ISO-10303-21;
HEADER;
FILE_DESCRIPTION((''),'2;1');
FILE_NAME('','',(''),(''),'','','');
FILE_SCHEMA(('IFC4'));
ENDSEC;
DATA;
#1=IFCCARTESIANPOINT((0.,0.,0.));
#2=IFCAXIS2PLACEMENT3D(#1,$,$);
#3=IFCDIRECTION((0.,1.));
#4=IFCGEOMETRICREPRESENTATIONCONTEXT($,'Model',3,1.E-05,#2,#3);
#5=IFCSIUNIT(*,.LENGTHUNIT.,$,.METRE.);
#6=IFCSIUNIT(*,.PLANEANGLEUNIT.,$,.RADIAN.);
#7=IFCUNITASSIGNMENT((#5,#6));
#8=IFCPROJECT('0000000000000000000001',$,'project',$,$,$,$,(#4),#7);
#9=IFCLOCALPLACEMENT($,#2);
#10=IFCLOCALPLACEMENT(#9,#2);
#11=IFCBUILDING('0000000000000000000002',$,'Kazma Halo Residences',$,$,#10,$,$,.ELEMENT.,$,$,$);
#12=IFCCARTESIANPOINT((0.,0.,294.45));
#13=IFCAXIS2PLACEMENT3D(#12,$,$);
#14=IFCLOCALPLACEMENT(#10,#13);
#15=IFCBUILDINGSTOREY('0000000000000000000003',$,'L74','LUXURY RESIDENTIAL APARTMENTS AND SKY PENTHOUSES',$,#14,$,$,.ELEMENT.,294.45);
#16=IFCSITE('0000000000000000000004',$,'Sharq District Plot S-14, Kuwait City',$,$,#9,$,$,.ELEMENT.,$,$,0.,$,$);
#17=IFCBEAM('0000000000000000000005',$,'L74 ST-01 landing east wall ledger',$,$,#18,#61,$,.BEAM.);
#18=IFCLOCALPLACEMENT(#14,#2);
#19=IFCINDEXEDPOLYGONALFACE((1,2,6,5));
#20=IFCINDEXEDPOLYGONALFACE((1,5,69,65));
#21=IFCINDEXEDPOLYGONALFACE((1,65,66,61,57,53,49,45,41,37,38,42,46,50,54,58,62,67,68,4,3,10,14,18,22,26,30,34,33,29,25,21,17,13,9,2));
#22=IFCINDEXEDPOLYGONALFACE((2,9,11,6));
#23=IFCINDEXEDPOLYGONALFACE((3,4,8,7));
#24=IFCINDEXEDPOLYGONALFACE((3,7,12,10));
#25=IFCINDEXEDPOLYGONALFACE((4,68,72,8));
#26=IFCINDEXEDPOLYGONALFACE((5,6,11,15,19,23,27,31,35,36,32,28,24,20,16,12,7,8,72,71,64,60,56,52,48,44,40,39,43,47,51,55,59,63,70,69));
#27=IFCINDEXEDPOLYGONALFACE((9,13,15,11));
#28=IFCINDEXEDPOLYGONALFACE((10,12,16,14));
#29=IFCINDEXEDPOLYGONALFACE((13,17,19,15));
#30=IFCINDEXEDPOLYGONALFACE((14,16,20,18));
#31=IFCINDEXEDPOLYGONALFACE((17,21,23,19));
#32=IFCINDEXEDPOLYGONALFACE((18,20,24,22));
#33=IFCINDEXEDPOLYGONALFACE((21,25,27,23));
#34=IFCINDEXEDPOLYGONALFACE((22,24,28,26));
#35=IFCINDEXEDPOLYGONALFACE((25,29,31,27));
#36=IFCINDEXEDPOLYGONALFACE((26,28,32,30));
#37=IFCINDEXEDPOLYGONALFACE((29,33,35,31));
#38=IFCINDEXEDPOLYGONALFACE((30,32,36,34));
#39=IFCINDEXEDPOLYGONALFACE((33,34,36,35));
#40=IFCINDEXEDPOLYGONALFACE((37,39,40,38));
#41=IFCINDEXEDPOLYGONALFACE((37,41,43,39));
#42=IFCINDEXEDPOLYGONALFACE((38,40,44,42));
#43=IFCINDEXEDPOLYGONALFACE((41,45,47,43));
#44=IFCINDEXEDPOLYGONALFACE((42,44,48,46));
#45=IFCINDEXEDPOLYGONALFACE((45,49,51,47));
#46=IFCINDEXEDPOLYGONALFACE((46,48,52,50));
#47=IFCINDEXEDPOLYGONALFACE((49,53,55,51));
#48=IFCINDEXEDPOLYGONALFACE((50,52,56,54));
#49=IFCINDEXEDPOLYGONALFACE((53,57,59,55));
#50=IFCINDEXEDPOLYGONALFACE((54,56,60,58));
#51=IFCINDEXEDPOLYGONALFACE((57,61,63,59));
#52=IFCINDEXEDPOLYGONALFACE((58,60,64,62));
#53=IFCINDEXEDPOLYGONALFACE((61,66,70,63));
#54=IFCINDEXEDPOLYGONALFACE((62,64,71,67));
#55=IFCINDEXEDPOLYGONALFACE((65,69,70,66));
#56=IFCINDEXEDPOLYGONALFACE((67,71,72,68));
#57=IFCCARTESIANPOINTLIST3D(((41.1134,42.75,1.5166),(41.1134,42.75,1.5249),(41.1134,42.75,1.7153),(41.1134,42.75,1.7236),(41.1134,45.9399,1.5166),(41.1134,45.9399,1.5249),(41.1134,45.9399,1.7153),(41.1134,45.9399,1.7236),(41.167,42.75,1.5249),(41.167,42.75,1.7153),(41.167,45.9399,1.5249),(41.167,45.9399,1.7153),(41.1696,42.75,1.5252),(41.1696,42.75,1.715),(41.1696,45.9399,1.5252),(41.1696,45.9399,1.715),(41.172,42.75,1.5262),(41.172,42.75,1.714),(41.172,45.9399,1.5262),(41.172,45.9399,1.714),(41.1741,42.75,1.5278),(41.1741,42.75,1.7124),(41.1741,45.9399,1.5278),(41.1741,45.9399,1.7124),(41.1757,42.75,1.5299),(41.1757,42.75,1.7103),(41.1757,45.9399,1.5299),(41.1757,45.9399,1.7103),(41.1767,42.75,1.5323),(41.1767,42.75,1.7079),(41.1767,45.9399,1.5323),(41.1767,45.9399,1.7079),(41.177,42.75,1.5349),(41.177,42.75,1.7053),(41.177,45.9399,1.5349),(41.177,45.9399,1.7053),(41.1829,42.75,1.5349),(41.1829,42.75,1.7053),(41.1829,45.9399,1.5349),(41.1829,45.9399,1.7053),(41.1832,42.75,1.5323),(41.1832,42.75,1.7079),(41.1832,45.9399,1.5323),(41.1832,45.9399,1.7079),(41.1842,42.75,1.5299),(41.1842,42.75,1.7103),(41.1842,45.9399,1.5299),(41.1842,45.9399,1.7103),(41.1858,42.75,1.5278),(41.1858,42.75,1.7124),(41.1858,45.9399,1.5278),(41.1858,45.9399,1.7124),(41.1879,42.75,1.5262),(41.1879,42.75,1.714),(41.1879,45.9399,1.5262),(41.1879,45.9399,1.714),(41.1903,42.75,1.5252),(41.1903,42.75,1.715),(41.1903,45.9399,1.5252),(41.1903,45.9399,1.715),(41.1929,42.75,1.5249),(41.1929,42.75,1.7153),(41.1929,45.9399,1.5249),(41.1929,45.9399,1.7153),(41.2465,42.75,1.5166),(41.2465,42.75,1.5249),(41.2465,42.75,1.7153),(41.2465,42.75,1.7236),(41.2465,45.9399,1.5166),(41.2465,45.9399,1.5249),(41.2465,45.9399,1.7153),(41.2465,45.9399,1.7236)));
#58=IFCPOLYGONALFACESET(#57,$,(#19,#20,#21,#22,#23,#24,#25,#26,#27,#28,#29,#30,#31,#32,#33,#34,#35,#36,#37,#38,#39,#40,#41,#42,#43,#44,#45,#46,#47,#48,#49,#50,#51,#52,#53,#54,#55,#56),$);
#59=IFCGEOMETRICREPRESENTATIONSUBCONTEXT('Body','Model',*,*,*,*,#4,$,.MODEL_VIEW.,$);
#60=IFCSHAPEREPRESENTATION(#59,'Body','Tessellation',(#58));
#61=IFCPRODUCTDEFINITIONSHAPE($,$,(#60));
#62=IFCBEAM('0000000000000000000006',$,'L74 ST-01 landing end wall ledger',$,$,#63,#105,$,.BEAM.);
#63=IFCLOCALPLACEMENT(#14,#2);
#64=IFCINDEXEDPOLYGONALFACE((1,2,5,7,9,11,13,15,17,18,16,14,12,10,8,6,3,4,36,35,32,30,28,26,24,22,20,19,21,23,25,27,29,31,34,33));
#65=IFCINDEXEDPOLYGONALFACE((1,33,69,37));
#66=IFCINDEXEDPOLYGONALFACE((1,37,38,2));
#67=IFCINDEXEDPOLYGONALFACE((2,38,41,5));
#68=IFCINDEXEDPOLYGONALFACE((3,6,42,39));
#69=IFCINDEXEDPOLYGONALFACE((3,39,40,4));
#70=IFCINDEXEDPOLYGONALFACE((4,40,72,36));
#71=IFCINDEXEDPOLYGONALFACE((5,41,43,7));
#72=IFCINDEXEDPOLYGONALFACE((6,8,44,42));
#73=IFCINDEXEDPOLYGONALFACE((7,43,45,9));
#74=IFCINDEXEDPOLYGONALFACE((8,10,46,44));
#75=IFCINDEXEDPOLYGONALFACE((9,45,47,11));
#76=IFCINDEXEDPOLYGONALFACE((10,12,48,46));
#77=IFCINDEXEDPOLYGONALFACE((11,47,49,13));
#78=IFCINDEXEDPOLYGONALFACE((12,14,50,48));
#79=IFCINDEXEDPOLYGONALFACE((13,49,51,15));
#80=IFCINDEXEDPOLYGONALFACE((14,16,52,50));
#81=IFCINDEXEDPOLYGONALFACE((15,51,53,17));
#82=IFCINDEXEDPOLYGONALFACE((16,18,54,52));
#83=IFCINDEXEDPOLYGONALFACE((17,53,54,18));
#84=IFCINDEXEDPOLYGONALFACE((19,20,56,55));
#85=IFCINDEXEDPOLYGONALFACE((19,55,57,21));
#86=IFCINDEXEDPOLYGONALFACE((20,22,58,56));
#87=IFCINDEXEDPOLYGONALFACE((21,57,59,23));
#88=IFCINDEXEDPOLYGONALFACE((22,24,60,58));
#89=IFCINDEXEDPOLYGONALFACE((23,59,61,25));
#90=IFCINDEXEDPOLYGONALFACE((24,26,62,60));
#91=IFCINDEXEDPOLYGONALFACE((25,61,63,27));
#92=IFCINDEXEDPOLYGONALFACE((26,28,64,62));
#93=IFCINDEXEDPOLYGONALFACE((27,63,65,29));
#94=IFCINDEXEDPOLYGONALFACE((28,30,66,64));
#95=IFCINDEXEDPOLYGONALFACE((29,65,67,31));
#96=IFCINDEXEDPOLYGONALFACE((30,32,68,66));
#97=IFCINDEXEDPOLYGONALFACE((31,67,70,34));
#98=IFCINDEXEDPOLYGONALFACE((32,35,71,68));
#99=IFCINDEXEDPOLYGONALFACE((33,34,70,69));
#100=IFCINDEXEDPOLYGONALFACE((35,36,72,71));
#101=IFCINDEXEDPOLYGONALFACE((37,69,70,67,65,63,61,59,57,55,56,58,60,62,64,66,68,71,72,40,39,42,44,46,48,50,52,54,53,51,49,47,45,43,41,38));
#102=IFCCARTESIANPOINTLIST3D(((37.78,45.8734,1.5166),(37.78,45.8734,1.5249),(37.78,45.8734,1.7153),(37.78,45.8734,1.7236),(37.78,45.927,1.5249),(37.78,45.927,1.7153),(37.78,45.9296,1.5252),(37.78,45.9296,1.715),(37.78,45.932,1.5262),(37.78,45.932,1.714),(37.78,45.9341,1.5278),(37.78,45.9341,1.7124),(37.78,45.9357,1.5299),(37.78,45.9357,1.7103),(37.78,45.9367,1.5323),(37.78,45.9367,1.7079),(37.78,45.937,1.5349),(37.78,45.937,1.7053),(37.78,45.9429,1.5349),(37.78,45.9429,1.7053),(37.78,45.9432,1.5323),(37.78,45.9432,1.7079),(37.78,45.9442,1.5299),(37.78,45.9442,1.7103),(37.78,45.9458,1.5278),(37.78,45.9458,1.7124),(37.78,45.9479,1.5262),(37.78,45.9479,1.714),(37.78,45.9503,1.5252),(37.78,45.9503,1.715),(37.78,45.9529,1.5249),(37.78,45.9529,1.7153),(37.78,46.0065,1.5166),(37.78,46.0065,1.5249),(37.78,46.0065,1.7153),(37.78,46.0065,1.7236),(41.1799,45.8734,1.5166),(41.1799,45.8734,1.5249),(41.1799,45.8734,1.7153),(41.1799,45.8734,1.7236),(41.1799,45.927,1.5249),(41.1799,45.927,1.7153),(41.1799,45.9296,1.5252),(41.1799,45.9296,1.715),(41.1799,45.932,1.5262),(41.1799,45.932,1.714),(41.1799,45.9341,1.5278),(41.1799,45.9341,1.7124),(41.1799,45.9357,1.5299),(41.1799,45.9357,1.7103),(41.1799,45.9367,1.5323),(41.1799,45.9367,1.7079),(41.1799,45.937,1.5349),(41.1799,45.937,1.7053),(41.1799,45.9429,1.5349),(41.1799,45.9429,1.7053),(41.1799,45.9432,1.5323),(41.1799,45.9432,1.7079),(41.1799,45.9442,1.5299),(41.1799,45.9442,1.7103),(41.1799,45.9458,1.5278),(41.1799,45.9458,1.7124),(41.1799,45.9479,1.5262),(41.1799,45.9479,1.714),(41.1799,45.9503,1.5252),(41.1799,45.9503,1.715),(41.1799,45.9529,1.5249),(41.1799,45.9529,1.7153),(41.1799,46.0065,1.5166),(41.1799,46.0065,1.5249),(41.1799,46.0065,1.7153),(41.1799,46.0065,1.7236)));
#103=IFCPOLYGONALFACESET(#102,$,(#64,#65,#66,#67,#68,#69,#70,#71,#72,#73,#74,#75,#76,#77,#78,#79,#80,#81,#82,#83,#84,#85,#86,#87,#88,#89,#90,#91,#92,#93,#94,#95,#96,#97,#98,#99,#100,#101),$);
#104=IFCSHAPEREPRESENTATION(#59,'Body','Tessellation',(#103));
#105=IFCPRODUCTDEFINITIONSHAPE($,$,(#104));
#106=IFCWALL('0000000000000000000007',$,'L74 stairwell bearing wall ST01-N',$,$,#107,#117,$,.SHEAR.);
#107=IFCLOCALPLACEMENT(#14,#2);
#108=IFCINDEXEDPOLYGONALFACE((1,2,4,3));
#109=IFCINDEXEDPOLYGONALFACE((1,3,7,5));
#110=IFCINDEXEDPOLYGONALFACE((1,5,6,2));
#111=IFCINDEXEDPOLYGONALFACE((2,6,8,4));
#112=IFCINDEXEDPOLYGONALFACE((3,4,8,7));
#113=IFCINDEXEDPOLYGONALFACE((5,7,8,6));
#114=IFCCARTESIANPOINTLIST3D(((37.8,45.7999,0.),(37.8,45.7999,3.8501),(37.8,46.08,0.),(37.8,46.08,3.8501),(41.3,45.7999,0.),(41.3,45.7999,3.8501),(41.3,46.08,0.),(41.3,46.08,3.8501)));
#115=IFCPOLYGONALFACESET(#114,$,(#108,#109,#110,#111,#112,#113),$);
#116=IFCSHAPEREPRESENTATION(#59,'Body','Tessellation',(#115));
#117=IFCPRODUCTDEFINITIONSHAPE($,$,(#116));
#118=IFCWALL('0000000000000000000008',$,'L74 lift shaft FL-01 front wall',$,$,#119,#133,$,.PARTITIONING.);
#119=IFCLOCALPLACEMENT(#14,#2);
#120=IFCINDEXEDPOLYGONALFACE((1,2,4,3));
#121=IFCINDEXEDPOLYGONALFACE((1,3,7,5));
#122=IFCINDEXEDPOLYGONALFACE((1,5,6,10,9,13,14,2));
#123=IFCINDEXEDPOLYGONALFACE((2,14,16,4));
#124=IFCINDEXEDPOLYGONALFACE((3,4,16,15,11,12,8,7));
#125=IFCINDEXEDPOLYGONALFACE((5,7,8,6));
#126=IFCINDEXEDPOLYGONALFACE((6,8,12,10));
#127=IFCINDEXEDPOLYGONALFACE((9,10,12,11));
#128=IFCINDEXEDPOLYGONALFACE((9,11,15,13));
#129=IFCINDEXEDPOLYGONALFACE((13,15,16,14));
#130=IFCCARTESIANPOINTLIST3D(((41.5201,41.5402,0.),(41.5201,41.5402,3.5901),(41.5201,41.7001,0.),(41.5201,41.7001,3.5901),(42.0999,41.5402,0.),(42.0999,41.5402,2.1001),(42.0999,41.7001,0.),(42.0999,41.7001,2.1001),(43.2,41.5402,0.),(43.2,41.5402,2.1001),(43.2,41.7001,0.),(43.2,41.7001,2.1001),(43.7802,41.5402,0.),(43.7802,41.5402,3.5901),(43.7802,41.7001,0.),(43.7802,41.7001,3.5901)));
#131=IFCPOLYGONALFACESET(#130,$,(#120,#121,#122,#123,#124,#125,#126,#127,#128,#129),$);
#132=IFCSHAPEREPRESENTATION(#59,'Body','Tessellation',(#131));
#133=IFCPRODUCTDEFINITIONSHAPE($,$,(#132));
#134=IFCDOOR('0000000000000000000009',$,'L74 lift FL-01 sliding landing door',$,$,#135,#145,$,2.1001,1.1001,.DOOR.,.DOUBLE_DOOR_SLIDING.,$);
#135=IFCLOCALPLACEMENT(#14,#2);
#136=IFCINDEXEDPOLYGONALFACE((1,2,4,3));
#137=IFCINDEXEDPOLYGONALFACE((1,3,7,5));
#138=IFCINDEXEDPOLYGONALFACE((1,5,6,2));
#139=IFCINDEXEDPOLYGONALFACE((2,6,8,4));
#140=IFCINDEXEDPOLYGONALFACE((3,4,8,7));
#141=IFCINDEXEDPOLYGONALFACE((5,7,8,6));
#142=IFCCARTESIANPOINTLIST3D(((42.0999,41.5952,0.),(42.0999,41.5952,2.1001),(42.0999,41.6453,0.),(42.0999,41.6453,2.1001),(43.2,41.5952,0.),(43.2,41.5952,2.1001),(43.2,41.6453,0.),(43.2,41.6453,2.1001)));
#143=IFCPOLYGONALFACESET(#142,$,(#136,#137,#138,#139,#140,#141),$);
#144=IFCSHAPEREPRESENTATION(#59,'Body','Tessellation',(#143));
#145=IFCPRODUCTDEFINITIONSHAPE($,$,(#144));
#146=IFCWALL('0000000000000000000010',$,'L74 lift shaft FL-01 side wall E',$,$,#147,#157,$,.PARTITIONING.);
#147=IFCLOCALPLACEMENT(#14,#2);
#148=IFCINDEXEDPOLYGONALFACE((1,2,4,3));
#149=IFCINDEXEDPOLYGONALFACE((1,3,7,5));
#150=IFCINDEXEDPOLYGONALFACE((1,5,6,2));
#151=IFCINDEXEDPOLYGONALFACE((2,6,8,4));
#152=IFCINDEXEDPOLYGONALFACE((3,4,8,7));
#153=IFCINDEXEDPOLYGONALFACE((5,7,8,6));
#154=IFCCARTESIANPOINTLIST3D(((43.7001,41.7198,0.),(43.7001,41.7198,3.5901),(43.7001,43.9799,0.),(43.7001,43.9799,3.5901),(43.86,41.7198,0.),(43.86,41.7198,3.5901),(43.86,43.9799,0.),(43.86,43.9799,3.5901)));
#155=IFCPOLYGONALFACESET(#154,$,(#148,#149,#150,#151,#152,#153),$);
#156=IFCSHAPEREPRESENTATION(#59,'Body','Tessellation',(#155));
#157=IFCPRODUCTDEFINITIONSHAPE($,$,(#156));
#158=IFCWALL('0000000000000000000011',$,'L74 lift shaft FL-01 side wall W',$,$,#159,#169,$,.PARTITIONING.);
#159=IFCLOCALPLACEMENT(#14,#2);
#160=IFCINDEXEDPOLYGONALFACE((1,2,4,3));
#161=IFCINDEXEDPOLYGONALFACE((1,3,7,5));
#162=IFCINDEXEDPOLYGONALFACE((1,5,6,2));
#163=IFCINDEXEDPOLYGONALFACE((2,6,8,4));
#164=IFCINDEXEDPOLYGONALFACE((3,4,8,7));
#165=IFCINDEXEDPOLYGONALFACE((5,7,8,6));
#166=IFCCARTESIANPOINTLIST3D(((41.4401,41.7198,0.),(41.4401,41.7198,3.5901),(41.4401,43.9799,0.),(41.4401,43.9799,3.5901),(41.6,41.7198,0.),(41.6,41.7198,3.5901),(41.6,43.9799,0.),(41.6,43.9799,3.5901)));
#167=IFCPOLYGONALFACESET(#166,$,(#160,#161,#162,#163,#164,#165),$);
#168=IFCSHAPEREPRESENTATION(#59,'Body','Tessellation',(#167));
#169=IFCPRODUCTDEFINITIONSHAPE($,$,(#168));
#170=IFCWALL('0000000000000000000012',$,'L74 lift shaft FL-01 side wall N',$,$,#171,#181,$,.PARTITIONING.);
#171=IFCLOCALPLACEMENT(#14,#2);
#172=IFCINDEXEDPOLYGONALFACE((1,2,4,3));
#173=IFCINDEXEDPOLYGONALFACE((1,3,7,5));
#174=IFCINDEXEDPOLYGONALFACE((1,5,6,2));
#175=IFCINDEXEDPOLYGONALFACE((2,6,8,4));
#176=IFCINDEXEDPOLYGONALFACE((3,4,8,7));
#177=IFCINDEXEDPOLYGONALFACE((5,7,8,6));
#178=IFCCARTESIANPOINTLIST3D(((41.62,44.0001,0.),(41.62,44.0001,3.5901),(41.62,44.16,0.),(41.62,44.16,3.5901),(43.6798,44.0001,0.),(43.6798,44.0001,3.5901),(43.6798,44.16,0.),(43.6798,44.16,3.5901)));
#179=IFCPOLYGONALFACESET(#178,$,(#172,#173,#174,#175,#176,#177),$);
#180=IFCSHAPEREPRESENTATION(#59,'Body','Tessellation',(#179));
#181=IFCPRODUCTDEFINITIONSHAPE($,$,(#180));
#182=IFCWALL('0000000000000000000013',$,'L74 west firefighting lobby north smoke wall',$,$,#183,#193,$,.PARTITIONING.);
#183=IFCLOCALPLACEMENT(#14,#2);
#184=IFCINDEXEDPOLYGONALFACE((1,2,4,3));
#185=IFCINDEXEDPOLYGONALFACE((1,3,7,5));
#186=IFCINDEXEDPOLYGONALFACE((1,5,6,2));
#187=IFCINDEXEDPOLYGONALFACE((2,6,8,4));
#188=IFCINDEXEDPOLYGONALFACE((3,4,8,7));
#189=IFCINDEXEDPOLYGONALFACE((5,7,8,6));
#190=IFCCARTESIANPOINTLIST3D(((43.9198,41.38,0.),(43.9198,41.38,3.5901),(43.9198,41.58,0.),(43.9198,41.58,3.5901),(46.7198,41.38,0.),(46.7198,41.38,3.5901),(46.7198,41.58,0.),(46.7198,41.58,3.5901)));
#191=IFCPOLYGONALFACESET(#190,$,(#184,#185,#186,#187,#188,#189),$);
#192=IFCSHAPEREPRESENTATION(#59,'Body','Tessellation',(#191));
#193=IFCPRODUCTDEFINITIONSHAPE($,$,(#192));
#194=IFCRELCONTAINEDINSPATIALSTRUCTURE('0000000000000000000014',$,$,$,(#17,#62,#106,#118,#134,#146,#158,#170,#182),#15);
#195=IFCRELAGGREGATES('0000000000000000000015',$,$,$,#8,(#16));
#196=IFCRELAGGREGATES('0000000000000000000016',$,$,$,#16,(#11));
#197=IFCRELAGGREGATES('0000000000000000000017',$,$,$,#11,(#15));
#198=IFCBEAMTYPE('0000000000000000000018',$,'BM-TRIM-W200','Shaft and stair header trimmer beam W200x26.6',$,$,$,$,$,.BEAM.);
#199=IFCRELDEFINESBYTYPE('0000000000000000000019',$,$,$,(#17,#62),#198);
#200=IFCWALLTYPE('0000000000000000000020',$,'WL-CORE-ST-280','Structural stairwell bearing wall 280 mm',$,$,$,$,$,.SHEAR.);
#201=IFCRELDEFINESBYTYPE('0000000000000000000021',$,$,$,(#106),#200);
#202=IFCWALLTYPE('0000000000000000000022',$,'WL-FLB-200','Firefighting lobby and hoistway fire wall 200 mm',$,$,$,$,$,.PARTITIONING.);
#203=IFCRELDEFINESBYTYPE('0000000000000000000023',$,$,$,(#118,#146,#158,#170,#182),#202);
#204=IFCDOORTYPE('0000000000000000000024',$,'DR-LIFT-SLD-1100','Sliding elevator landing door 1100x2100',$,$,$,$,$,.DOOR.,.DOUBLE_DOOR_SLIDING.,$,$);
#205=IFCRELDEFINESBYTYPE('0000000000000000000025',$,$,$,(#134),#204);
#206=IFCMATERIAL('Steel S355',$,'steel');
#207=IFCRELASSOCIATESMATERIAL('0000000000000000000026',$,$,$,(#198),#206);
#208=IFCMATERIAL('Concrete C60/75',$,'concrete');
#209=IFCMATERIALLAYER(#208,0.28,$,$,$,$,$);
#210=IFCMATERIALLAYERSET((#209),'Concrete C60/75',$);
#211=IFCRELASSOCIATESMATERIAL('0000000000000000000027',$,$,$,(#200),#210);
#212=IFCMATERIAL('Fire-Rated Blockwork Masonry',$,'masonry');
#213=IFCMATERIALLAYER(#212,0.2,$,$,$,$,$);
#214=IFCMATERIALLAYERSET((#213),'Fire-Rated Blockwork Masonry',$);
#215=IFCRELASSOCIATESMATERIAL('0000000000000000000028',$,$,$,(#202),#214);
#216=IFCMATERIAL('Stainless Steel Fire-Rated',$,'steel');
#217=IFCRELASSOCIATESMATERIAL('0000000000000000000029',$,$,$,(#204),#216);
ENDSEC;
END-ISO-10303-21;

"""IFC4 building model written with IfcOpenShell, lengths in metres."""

from ifc_helpers import new_model, si_unit, direction, frame, frame_2d, origin, origin_2d, place, context, subcontext, project, spatial, rectangle, i_section, extrude, material, layer, layer_set, material_profile, profile_set, type_object, element, fill, save


model = new_model("IFC4")

# Units and contexts
model_context = context("Model", 3, precision=1e-05, world=origin(), true_north=direction((0.0, 1.0)))
body_context = subcontext(model_context, "Body", "Model", "MODEL_VIEW")
ifc_project = project(units=[si_unit("LENGTHUNIT", "METRE"), si_unit("PLANEANGLEUNIT", "RADIAN")], contexts=[model_context])

# Site, building, storey
site_placement = place(None, origin())
site = spatial("IfcSite", under=ifc_project, at=site_placement, Name="Sharq District Plot S-14, Kuwait City", CompositionType="ELEMENT", RefElevation=0.0)
building_placement = place(site_placement, origin())
building = spatial("IfcBuilding", under=site, at=building_placement, Name="Kazma Halo Residences", CompositionType="ELEMENT")
storey_placement = place(building_placement, frame((0.0, 0.0, 294.45)))
storey = spatial("IfcBuildingStorey", under=building, at=storey_placement, Name="L74", Description="LUXURY RESIDENTIAL APARTMENTS AND SKY PENTHOUSES", CompositionType="ELEMENT", Elevation=294.45)

# Shared definitions
ifc_material_1 = material(Name="Steel S355", Category="steel")

# Beams
ifc_material_profile_1 = material_profile(ifc_material_1, i_section(OverallWidth=0.1331, OverallDepth=0.207, WebThickness=0.0059, FlangeThickness=0.0083, FilletRadius=0.01, at=origin_2d()), Name="W200x26.6")
ifc_profile_set_1 = profile_set([ifc_material_profile_1], Name="Steel S355")
beam_type_1 = type_object("IfcBeamType", Name="BM-TRIM-W200", Description="Shaft and stair header trimmer beam W200x26.6", PredefinedType="BEAM", material=ifc_profile_set_1)
beam_1_placement = place(storey_placement, frame((41.1799, 42.75, 1.6201), z_axis=(0.0, 1.0, 0.0), x_axis=(-1.0, 0.0, 0.0)))
element("IfcBeam", 1, at=beam_1_placement, inside=storey, type_object=beam_type_1, Name="L74 ST-01 landing east wall ledger", PredefinedType="BEAM", context=body_context, shape_type="SweptSolid", body=[
    extrude(i_section(OverallWidth=0.1331, OverallDepth=0.207, WebThickness=0.0059, FlangeThickness=0.0083, FilletRadius=0.01, at=origin_2d()), origin(), (0.0, 0.0, 1.0), 3.1899),
])
beam_2_placement = place(storey_placement, frame((37.78, 45.9399, 1.6201), z_axis=(1.0, 0.0, 0.0), x_axis=(0.0, 1.0, 0.0)))
element("IfcBeam", 2, at=beam_2_placement, inside=storey, type_object=beam_type_1, Name="L74 ST-01 landing end wall ledger", PredefinedType="BEAM", context=body_context, shape_type="SweptSolid", body=[
    extrude(i_section(OverallWidth=0.1331, OverallDepth=0.207, WebThickness=0.0059, FlangeThickness=0.0083, FilletRadius=0.01, at=origin_2d()), origin(), (0.0, 0.0, 1.0), 3.3999),
])

# Wall
ifc_material_2 = material(Name="Concrete C60/75", Category="concrete")
ifc_layer_1 = layer(ifc_material_2, 0.28)
ifc_layer_set_1 = layer_set([ifc_layer_1], Name="Concrete C60/75")
wall_type_1 = type_object("IfcWallType", Name="WL-CORE-ST-280", Description="Structural stairwell bearing wall 280 mm", PredefinedType="SHEAR", material=ifc_layer_set_1)
wall_1_placement = place(storey_placement, frame((37.8, 45.9399, 0.0), z_axis=(0.0, 0.0, 1.0), x_axis=(1.0, 0.0, 0.0)))
element("IfcWall", 3, at=wall_1_placement, inside=storey, type_object=wall_type_1, Name="L74 stairwell bearing wall ST01-N", PredefinedType="SHEAR", context=body_context, shape_type="SweptSolid", body=[
    extrude(rectangle(XDim=3.5, YDim=0.28, at=frame_2d((1.75, 0.0))), origin(), (0.0, 0.0, 1.0), 3.8501),
])

# Wall, opening, door
ifc_material_3 = material(Name="Fire-Rated Blockwork Masonry", Category="masonry")
ifc_layer_2 = layer(ifc_material_3, 0.2)
ifc_layer_set_2 = layer_set([ifc_layer_2], Name="Fire-Rated Blockwork Masonry")
wall_type_2 = type_object("IfcWallType", Name="WL-FLB-200", Description="Firefighting lobby and hoistway fire wall 200 mm", PredefinedType="PARTITIONING", material=ifc_layer_set_2)
wall_2_placement = place(storey_placement, frame((43.78, 41.6201, 0.0), z_axis=(0.0, 0.0, 1.0), x_axis=(-1.0, 0.0, 0.0)))
wall_2 = element("IfcWall", 4, at=wall_2_placement, inside=storey, type_object=wall_type_2, Name="L74 lift shaft FL-01 front wall", PredefinedType="PARTITIONING", context=body_context, shape_type="SweptSolid", body=[
    extrude(rectangle(XDim=2.26, YDim=0.1599, at=frame_2d((1.1299, 0.0))), origin(), (0.0, 0.0, 1.0), 3.5901),
])
opening_1_placement = place(wall_2_placement, frame((0.5801, 0.0, 0.0)))
opening_1 = element("IfcOpeningElement", 5, at=opening_1_placement, cuts=wall_2, PredefinedType="OPENING", context=body_context, shape_type="SweptSolid", body=[
    extrude(rectangle(XDim=1.1001, YDim=2.1001, at=frame_2d((0.55, 1.05))), frame((0.0, 0.0898, 0.0), z_axis=(0.0, -1.0, 0.0), x_axis=(1.0, 0.0, 0.0)), (0.0, 0.0, 1.0), 0.1799),
])
ifc_material_4 = material(Name="Stainless Steel Fire-Rated", Category="steel")
door_type_1 = type_object("IfcDoorType", Name="DR-LIFT-SLD-1100", Description="Sliding elevator landing door 1100x2100", OperationType="DOUBLE_DOOR_SLIDING", PredefinedType="DOOR", material=ifc_material_4)
door_1_placement = place(opening_1_placement, origin())
door_1 = element("IfcDoor", 6, at=door_1_placement, inside=storey, type_object=door_type_1, Name="L74 lift FL-01 sliding landing door", OperationType="DOUBLE_DOOR_SLIDING", OverallHeight=2.1001, OverallWidth=1.1001, PredefinedType="DOOR", context=body_context, shape_type="SweptSolid", body=[
    extrude(rectangle(XDim=1.1001, YDim=2.1001, at=frame_2d((0.55, 1.05))), frame((0.0, 0.0249, 0.0), z_axis=(0.0, -1.0, 0.0), x_axis=(1.0, 0.0, 0.0)), (0.0, 0.0, 1.0), 0.05),
])
fill(opening_1, door_1)

# Walls
for number, where, z_axis, x_axis, name in (
    (7, (43.78, 41.72, 0.0), (0.0, 0.0, 1.0), (0.0, 1.0, 0.0), "L74 lift shaft FL-01 side wall E"),
    (8, (41.52, 41.72, 0.0), (0.0, 0.0, 1.0), (0.0, 1.0, 0.0), "L74 lift shaft FL-01 side wall W"),
):
    element("IfcWall", number, at=place(storey_placement, frame(where, z_axis=z_axis, x_axis=x_axis)), inside=storey, type_object=wall_type_2, Name=name, PredefinedType="PARTITIONING", context=body_context, shape_type="SweptSolid", body=[
        extrude(rectangle(XDim=2.26, YDim=0.1599, at=frame_2d((1.1299, 0.0))), origin(), (0.0, 0.0, 1.0), 3.5901),
    ])
wall_3_placement = place(storey_placement, frame((41.6201, 44.0801, 0.0), z_axis=(0.0, 0.0, 1.0), x_axis=(1.0, 0.0, 0.0)))
element("IfcWall", 9, at=wall_3_placement, inside=storey, type_object=wall_type_2, Name="L74 lift shaft FL-01 side wall N", PredefinedType="PARTITIONING", context=body_context, shape_type="SweptSolid", body=[
    extrude(rectangle(XDim=2.0598, YDim=0.1599, at=frame_2d((1.0298, 0.0))), origin(), (0.0, 0.0, 1.0), 3.5901),
])
wall_4_placement = place(storey_placement, frame((43.9199, 41.48, 0.0), z_axis=(0.0, 0.0, 1.0), x_axis=(1.0, 0.0, 0.0)))
element("IfcWall", 10, at=wall_4_placement, inside=storey, type_object=wall_type_2, Name="L74 west firefighting lobby north smoke wall", PredefinedType="PARTITIONING", context=body_context, shape_type="SweptSolid", body=[
    extrude(rectangle(XDim=2.8, YDim=0.2, at=frame_2d((1.3999, 0.0))), origin(), (0.0, 0.0, 1.0), 3.5901),
])

save(model, "model.ifc")
